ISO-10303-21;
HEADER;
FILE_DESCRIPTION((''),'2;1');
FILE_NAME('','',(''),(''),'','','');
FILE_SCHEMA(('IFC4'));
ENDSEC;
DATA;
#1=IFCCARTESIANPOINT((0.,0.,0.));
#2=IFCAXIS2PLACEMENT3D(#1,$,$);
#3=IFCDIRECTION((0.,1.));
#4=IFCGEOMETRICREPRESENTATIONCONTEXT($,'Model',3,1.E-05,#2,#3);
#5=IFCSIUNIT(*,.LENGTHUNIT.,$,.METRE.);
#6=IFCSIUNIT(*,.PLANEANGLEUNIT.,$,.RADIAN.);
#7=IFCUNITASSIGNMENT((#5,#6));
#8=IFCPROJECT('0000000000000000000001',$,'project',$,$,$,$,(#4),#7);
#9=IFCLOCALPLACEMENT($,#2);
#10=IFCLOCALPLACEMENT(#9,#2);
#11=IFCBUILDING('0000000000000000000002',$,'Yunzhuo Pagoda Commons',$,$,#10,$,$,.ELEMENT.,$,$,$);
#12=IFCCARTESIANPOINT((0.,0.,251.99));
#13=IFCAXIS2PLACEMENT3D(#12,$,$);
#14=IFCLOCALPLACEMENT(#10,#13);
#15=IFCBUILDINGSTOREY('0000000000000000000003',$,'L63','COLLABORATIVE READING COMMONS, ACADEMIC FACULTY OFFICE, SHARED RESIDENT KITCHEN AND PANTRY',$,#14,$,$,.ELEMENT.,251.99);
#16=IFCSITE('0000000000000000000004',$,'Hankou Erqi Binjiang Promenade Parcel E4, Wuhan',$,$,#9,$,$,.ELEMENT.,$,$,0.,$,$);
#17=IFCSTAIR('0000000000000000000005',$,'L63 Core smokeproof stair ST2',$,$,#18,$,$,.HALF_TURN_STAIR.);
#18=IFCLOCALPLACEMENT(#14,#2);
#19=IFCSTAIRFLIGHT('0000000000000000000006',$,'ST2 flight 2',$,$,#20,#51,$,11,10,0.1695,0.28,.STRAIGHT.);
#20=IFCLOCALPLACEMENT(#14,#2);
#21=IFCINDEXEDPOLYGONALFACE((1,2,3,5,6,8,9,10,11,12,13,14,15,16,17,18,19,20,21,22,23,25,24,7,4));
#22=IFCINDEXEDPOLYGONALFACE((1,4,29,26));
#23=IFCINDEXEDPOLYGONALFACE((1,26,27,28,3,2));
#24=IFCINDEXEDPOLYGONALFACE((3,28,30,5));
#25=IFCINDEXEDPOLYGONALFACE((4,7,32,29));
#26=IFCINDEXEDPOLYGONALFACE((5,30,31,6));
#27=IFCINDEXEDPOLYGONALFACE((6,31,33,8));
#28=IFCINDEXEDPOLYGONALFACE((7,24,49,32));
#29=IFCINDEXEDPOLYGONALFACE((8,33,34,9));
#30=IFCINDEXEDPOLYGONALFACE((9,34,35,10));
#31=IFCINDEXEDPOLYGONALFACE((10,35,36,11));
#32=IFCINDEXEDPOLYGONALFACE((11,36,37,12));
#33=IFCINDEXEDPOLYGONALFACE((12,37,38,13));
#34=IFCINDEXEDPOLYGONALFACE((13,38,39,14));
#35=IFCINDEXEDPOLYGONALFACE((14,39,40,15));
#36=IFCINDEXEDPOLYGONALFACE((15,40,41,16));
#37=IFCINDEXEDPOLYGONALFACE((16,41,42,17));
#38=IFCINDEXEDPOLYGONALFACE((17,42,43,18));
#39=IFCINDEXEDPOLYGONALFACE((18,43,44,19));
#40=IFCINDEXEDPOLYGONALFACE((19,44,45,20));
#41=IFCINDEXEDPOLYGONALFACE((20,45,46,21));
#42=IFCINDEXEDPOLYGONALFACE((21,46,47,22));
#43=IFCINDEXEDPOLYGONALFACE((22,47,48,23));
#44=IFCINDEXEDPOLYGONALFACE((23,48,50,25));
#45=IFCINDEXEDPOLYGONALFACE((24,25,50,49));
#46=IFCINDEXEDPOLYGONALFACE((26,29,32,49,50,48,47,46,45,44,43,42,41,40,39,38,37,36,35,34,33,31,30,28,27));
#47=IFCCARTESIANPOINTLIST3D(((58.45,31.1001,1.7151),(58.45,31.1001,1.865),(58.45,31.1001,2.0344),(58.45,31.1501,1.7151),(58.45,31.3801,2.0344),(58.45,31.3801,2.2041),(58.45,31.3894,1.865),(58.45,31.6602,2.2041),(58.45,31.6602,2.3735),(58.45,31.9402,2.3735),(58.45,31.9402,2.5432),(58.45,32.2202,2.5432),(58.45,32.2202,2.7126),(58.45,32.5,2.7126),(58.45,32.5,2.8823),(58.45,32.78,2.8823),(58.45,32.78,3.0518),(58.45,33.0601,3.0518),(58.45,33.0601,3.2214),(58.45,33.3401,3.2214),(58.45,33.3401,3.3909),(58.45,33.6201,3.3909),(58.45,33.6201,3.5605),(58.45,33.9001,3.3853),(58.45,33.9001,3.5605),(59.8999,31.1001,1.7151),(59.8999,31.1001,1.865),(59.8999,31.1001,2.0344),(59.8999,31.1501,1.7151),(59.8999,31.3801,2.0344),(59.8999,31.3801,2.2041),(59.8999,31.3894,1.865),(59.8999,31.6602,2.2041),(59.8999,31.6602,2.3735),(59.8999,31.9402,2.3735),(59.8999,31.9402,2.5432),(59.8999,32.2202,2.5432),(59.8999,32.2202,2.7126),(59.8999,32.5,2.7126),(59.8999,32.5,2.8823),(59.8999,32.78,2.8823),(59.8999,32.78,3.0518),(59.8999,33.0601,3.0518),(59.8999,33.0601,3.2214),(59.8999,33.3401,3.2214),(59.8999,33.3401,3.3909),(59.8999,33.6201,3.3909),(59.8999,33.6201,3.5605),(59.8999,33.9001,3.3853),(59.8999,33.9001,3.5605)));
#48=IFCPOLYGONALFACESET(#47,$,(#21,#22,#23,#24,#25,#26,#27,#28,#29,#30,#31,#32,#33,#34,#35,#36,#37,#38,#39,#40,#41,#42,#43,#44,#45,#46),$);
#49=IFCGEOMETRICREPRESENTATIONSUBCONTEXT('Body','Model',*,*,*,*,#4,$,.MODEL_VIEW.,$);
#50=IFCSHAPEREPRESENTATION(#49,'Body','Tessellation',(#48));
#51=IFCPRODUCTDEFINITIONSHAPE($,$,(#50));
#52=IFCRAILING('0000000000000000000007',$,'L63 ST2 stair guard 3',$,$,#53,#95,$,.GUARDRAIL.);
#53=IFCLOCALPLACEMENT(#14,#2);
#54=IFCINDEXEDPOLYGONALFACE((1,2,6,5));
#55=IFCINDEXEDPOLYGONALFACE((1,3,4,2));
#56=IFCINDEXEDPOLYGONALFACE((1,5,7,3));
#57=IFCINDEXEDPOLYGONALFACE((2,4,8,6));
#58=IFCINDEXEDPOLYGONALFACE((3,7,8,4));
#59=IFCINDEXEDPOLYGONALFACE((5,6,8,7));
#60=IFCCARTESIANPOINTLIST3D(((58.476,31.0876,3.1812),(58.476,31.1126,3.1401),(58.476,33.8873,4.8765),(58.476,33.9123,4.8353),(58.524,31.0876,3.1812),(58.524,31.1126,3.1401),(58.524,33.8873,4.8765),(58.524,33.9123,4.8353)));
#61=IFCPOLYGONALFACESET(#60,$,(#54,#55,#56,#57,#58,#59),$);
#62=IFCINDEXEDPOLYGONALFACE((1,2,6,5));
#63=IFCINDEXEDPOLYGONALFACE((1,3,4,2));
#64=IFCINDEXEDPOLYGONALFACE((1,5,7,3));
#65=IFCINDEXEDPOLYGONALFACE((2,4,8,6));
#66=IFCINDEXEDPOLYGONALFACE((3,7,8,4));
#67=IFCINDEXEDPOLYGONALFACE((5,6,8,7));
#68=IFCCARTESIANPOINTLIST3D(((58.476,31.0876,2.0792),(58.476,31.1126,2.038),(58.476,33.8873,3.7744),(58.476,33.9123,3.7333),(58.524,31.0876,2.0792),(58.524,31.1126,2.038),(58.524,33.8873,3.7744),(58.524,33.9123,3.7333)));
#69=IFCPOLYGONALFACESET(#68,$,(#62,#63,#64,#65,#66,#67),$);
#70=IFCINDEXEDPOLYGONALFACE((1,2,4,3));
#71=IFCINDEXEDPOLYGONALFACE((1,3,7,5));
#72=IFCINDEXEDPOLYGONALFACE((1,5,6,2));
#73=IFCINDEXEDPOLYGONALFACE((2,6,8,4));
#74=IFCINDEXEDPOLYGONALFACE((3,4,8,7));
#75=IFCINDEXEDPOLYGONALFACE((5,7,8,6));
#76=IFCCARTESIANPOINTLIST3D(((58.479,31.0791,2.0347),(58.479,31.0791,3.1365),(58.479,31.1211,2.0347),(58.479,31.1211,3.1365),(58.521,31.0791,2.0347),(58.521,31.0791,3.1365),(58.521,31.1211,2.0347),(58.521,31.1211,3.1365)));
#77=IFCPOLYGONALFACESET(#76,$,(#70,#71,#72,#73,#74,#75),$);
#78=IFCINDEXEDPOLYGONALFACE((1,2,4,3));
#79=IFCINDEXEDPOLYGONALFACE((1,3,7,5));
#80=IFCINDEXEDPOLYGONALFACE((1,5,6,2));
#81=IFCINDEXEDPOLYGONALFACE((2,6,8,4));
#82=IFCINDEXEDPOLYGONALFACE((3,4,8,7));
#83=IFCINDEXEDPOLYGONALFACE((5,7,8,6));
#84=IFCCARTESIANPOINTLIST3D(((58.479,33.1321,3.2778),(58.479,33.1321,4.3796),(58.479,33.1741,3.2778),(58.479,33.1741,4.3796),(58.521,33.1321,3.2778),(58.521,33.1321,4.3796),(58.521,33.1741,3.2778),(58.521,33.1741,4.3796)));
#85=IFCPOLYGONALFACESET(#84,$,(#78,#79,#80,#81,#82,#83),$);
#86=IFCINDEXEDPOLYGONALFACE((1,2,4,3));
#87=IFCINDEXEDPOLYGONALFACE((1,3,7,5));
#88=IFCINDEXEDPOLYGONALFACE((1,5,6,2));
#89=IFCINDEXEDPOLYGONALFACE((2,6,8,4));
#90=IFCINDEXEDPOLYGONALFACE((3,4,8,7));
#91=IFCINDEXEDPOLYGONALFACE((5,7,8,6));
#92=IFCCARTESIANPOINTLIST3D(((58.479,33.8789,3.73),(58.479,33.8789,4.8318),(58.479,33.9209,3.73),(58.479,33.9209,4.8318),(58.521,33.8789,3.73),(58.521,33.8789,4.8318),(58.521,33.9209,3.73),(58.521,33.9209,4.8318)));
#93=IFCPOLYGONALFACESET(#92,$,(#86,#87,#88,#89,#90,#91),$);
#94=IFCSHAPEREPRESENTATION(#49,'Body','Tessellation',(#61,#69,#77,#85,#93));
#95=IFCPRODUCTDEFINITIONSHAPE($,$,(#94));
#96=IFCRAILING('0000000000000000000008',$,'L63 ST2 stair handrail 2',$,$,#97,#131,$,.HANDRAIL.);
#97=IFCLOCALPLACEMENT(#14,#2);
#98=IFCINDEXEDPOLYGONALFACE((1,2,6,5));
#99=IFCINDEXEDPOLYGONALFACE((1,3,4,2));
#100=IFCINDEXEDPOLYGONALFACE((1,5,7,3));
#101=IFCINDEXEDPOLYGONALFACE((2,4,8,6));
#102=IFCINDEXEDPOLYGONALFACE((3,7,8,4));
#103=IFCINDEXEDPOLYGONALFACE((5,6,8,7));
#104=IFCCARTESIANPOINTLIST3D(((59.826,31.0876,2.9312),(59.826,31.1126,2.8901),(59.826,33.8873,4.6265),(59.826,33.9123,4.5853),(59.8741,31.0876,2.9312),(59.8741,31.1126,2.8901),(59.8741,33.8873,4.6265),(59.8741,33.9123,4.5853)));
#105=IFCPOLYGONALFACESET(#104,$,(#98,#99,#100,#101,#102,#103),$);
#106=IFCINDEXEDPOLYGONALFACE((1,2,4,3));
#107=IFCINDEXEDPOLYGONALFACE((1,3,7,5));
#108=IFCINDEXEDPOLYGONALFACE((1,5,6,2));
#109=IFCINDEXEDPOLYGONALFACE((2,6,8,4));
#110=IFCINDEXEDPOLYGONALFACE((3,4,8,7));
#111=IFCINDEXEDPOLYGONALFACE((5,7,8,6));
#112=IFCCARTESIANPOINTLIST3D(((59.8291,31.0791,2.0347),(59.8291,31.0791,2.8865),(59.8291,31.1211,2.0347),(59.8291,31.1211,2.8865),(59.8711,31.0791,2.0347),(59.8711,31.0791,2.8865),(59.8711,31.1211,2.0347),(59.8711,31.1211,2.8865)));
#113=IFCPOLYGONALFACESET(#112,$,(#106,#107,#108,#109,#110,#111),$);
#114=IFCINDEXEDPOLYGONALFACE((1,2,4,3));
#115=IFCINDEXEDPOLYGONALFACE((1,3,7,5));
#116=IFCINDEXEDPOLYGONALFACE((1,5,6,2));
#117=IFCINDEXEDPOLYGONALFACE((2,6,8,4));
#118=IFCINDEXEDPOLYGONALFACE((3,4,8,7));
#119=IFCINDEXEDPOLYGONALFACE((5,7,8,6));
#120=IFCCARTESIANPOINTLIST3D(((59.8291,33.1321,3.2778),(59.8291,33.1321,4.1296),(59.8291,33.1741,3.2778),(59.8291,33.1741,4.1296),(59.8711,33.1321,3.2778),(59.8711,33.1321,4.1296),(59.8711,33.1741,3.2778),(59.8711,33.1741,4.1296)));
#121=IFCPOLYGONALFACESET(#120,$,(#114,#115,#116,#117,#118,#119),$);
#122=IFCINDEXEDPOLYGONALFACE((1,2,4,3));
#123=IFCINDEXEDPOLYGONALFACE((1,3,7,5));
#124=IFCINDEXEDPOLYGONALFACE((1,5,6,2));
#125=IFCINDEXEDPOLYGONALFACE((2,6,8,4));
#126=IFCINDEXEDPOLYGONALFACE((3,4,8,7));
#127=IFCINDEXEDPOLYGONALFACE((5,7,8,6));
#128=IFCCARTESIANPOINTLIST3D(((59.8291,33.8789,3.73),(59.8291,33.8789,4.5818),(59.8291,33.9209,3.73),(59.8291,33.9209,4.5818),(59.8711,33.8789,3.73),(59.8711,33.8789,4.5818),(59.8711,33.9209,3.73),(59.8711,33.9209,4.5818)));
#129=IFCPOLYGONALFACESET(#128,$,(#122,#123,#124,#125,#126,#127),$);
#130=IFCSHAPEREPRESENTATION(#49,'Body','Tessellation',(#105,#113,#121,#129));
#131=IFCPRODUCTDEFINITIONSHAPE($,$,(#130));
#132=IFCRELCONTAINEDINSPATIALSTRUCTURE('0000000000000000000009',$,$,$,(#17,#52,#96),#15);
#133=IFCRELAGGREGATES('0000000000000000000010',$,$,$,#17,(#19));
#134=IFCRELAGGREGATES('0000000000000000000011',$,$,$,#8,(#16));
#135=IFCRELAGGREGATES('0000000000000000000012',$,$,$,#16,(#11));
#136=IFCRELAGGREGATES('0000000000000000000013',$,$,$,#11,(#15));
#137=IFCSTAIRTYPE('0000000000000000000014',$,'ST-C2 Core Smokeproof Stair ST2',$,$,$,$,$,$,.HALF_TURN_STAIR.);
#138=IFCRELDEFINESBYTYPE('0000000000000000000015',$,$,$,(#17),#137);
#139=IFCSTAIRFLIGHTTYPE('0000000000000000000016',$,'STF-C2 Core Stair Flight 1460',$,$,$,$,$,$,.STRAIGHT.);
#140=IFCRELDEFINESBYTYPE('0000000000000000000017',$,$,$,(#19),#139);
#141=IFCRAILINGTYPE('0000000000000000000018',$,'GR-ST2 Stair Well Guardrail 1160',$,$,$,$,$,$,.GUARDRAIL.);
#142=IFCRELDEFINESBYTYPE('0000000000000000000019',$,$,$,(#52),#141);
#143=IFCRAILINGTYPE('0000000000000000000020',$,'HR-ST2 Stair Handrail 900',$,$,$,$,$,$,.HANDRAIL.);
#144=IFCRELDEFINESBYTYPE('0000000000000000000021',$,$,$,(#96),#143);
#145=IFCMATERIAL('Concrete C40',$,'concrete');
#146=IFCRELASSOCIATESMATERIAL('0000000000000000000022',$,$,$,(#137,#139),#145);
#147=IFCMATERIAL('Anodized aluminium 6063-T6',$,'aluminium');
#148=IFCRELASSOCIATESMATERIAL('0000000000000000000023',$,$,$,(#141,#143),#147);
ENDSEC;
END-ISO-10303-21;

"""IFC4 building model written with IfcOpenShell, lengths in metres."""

from ifc_helpers import new_model, si_unit, direction, frame, origin, origin_2d, place, context, subcontext, project, spatial, polyline, rectangle, outline, extrude, source, transform, mapped, material, type_object, element, aggregate, save


model = new_model("IFC4")

# Units and contexts
model_context = context("Model", 3, precision=1e-05, world=origin(), true_north=direction((0.0, 1.0)))
body_context = subcontext(model_context, "Body", "Model", "MODEL_VIEW")
ifc_project = project(units=[si_unit("LENGTHUNIT", "METRE"), si_unit("PLANEANGLEUNIT", "RADIAN")], contexts=[model_context])

# Site, building, storey
site_placement = place(None, origin())
site = spatial("IfcSite", under=ifc_project, at=site_placement, Name="Hankou Erqi Binjiang Promenade Parcel E4, Wuhan", CompositionType="ELEMENT", RefElevation=0.0)
building_placement = place(site_placement, origin())
building = spatial("IfcBuilding", under=site, at=building_placement, Name="Yunzhuo Pagoda Commons", CompositionType="ELEMENT")
storey_placement = place(building_placement, frame((0.0, 0.0, 251.99)))
storey = spatial("IfcBuildingStorey", under=building, at=storey_placement, Name="L63", Description="COLLABORATIVE READING COMMONS, ACADEMIC FACULTY OFFICE, SHARED RESIDENT KITCHEN AND PANTRY", CompositionType="ELEMENT", Elevation=251.99)

# Shared definitions
ifc_material_1 = material(Name="Anodized aluminium 6063-T6", Category="aluminium")

# Stair, stair flight
ifc_material_2 = material(Name="Concrete C40", Category="concrete")
stair_type = type_object("IfcStairType", Name="ST-C2 Core Smokeproof Stair ST2", PredefinedType="HALF_TURN_STAIR", material=ifc_material_2)
stair_placement = place(storey_placement, origin())
stair = element("IfcStair", 1, at=stair_placement, inside=storey, type_object=stair_type, Name="L63 Core smokeproof stair ST2", PredefinedType="HALF_TURN_STAIR")
stair_flight_type = type_object("IfcStairFlightType", Name="STF-C2 Core Stair Flight 1460", PredefinedType="STRAIGHT", material=ifc_material_2)
shared_shape_1 = source(origin(), body_context, "Body", "SweptSolid", [
    extrude(outline(polyline([(0.0, -0.1499), (0.0, 0.0), (0.0, 0.1694), (0.28, 0.1694), (0.28, 0.3391), (0.5601, 0.3391), (0.5601, 0.5085), (0.8401, 0.5085), (0.8401, 0.6782), (1.1201, 0.6782), (1.1201, 0.8477), (1.3999, 0.8477), (1.3999, 1.0173), (1.6799, 1.0173), (1.6799, 1.1868), (1.96, 1.1868), (1.96, 1.3564), (2.24, 1.3564), (2.24, 1.5259), (2.52, 1.5259), (2.52, 1.6956), (2.8, 1.6956), (2.8, 1.865), (2.8, 1.5203), (0.2893, 0.0), (0.05, -0.1499), (0.0, -0.1499)])), frame((0.0, 0.7251, 0.0), z_axis=(0.0, -1.0, 0.0), x_axis=(1.0, 0.0, 0.0)), (0.0, 0.0, 1.0), 1.45),
])
stair_flight_placement = place(storey_placement, frame((59.175, 31.1001, 1.865), z_axis=(0.0, 0.0, 1.0), x_axis=(0.0, 1.0, 0.0)))
stair_flight = element("IfcStairFlight", 2, at=stair_flight_placement, type_object=stair_flight_type, Name="ST2 flight 2", NumberOfRisers=11, NumberOfTreads=10, PredefinedType="STRAIGHT", RiserHeight=0.1695, TreadLength=0.28, context=body_context, shape_type="MappedRepresentation", body=[
    mapped(shared_shape_1, transform((0.0, 0.0, 0.0), scale=1.0)),
])
aggregate(stair, [stair_flight])

# Railings
railing_type_1 = type_object("IfcRailingType", Name="GR-ST2 Stair Well Guardrail 1160", PredefinedType="GUARDRAIL", material=ifc_material_1)
railing_1_placement = place(storey_placement, frame((58.5, 31.1001, 2.0347)))
element("IfcRailing", 3, at=railing_1_placement, inside=storey, type_object=railing_type_1, Name="L63 ST2 stair guard 3", PredefinedType="GUARDRAIL", context=body_context, shape_type="SweptSolid", body=[
    extrude(rectangle(XDim=0.0481, YDim=0.0481, at=origin_2d()), frame((0.0, 0.0, 1.126), z_axis=(0.0, 0.855406, 0.517958), x_axis=(-1.0, 0.0, 0.0)), (0.0, 0.0, 1.0), 3.2729),
    extrude(rectangle(XDim=0.0481, YDim=0.0481, at=origin_2d()), frame((0.0, 0.0, 0.0239), z_axis=(0.0, 0.855406, 0.517958), x_axis=(-1.0, 0.0, 0.0)), (0.0, 0.0, 1.0), 3.2729),
    extrude(rectangle(XDim=0.042, YDim=0.042, at=origin_2d()), origin(), (0.0, 0.0, 1.0), 1.1018),
    extrude(rectangle(XDim=0.042, YDim=0.042, at=origin_2d()), frame((0.0, 2.053, 1.2432)), (0.0, 0.0, 1.0), 1.1018),
    extrude(rectangle(XDim=0.042, YDim=0.042, at=origin_2d()), frame((0.0, 2.7998, 1.6953)), (0.0, 0.0, 1.0), 1.1018),
])
railing_type_2 = type_object("IfcRailingType", Name="HR-ST2 Stair Handrail 900", PredefinedType="HANDRAIL", material=ifc_material_1)
railing_2_placement = place(storey_placement, frame((59.8501, 31.1001, 2.0347)))
element("IfcRailing", 4, at=railing_2_placement, inside=storey, type_object=railing_type_2, Name="L63 ST2 stair handrail 2", PredefinedType="HANDRAIL", context=body_context, shape_type="SweptSolid", body=[
    extrude(rectangle(XDim=0.0481, YDim=0.0481, at=origin_2d()), frame((0.0, 0.0, 0.876), z_axis=(0.0, 0.855406, 0.517958), x_axis=(-1.0, 0.0, 0.0)), (0.0, 0.0, 1.0), 3.2729),
    extrude(rectangle(XDim=0.042, YDim=0.042, at=origin_2d()), origin(), (0.0, 0.0, 1.0), 0.8518),
    extrude(rectangle(XDim=0.042, YDim=0.042, at=origin_2d()), frame((0.0, 2.053, 1.2432)), (0.0, 0.0, 1.0), 0.8518),
    extrude(rectangle(XDim=0.042, YDim=0.042, at=origin_2d()), frame((0.0, 2.7998, 1.6953)), (0.0, 0.0, 1.0), 0.8518),
])

save(model, "model.ifc")
